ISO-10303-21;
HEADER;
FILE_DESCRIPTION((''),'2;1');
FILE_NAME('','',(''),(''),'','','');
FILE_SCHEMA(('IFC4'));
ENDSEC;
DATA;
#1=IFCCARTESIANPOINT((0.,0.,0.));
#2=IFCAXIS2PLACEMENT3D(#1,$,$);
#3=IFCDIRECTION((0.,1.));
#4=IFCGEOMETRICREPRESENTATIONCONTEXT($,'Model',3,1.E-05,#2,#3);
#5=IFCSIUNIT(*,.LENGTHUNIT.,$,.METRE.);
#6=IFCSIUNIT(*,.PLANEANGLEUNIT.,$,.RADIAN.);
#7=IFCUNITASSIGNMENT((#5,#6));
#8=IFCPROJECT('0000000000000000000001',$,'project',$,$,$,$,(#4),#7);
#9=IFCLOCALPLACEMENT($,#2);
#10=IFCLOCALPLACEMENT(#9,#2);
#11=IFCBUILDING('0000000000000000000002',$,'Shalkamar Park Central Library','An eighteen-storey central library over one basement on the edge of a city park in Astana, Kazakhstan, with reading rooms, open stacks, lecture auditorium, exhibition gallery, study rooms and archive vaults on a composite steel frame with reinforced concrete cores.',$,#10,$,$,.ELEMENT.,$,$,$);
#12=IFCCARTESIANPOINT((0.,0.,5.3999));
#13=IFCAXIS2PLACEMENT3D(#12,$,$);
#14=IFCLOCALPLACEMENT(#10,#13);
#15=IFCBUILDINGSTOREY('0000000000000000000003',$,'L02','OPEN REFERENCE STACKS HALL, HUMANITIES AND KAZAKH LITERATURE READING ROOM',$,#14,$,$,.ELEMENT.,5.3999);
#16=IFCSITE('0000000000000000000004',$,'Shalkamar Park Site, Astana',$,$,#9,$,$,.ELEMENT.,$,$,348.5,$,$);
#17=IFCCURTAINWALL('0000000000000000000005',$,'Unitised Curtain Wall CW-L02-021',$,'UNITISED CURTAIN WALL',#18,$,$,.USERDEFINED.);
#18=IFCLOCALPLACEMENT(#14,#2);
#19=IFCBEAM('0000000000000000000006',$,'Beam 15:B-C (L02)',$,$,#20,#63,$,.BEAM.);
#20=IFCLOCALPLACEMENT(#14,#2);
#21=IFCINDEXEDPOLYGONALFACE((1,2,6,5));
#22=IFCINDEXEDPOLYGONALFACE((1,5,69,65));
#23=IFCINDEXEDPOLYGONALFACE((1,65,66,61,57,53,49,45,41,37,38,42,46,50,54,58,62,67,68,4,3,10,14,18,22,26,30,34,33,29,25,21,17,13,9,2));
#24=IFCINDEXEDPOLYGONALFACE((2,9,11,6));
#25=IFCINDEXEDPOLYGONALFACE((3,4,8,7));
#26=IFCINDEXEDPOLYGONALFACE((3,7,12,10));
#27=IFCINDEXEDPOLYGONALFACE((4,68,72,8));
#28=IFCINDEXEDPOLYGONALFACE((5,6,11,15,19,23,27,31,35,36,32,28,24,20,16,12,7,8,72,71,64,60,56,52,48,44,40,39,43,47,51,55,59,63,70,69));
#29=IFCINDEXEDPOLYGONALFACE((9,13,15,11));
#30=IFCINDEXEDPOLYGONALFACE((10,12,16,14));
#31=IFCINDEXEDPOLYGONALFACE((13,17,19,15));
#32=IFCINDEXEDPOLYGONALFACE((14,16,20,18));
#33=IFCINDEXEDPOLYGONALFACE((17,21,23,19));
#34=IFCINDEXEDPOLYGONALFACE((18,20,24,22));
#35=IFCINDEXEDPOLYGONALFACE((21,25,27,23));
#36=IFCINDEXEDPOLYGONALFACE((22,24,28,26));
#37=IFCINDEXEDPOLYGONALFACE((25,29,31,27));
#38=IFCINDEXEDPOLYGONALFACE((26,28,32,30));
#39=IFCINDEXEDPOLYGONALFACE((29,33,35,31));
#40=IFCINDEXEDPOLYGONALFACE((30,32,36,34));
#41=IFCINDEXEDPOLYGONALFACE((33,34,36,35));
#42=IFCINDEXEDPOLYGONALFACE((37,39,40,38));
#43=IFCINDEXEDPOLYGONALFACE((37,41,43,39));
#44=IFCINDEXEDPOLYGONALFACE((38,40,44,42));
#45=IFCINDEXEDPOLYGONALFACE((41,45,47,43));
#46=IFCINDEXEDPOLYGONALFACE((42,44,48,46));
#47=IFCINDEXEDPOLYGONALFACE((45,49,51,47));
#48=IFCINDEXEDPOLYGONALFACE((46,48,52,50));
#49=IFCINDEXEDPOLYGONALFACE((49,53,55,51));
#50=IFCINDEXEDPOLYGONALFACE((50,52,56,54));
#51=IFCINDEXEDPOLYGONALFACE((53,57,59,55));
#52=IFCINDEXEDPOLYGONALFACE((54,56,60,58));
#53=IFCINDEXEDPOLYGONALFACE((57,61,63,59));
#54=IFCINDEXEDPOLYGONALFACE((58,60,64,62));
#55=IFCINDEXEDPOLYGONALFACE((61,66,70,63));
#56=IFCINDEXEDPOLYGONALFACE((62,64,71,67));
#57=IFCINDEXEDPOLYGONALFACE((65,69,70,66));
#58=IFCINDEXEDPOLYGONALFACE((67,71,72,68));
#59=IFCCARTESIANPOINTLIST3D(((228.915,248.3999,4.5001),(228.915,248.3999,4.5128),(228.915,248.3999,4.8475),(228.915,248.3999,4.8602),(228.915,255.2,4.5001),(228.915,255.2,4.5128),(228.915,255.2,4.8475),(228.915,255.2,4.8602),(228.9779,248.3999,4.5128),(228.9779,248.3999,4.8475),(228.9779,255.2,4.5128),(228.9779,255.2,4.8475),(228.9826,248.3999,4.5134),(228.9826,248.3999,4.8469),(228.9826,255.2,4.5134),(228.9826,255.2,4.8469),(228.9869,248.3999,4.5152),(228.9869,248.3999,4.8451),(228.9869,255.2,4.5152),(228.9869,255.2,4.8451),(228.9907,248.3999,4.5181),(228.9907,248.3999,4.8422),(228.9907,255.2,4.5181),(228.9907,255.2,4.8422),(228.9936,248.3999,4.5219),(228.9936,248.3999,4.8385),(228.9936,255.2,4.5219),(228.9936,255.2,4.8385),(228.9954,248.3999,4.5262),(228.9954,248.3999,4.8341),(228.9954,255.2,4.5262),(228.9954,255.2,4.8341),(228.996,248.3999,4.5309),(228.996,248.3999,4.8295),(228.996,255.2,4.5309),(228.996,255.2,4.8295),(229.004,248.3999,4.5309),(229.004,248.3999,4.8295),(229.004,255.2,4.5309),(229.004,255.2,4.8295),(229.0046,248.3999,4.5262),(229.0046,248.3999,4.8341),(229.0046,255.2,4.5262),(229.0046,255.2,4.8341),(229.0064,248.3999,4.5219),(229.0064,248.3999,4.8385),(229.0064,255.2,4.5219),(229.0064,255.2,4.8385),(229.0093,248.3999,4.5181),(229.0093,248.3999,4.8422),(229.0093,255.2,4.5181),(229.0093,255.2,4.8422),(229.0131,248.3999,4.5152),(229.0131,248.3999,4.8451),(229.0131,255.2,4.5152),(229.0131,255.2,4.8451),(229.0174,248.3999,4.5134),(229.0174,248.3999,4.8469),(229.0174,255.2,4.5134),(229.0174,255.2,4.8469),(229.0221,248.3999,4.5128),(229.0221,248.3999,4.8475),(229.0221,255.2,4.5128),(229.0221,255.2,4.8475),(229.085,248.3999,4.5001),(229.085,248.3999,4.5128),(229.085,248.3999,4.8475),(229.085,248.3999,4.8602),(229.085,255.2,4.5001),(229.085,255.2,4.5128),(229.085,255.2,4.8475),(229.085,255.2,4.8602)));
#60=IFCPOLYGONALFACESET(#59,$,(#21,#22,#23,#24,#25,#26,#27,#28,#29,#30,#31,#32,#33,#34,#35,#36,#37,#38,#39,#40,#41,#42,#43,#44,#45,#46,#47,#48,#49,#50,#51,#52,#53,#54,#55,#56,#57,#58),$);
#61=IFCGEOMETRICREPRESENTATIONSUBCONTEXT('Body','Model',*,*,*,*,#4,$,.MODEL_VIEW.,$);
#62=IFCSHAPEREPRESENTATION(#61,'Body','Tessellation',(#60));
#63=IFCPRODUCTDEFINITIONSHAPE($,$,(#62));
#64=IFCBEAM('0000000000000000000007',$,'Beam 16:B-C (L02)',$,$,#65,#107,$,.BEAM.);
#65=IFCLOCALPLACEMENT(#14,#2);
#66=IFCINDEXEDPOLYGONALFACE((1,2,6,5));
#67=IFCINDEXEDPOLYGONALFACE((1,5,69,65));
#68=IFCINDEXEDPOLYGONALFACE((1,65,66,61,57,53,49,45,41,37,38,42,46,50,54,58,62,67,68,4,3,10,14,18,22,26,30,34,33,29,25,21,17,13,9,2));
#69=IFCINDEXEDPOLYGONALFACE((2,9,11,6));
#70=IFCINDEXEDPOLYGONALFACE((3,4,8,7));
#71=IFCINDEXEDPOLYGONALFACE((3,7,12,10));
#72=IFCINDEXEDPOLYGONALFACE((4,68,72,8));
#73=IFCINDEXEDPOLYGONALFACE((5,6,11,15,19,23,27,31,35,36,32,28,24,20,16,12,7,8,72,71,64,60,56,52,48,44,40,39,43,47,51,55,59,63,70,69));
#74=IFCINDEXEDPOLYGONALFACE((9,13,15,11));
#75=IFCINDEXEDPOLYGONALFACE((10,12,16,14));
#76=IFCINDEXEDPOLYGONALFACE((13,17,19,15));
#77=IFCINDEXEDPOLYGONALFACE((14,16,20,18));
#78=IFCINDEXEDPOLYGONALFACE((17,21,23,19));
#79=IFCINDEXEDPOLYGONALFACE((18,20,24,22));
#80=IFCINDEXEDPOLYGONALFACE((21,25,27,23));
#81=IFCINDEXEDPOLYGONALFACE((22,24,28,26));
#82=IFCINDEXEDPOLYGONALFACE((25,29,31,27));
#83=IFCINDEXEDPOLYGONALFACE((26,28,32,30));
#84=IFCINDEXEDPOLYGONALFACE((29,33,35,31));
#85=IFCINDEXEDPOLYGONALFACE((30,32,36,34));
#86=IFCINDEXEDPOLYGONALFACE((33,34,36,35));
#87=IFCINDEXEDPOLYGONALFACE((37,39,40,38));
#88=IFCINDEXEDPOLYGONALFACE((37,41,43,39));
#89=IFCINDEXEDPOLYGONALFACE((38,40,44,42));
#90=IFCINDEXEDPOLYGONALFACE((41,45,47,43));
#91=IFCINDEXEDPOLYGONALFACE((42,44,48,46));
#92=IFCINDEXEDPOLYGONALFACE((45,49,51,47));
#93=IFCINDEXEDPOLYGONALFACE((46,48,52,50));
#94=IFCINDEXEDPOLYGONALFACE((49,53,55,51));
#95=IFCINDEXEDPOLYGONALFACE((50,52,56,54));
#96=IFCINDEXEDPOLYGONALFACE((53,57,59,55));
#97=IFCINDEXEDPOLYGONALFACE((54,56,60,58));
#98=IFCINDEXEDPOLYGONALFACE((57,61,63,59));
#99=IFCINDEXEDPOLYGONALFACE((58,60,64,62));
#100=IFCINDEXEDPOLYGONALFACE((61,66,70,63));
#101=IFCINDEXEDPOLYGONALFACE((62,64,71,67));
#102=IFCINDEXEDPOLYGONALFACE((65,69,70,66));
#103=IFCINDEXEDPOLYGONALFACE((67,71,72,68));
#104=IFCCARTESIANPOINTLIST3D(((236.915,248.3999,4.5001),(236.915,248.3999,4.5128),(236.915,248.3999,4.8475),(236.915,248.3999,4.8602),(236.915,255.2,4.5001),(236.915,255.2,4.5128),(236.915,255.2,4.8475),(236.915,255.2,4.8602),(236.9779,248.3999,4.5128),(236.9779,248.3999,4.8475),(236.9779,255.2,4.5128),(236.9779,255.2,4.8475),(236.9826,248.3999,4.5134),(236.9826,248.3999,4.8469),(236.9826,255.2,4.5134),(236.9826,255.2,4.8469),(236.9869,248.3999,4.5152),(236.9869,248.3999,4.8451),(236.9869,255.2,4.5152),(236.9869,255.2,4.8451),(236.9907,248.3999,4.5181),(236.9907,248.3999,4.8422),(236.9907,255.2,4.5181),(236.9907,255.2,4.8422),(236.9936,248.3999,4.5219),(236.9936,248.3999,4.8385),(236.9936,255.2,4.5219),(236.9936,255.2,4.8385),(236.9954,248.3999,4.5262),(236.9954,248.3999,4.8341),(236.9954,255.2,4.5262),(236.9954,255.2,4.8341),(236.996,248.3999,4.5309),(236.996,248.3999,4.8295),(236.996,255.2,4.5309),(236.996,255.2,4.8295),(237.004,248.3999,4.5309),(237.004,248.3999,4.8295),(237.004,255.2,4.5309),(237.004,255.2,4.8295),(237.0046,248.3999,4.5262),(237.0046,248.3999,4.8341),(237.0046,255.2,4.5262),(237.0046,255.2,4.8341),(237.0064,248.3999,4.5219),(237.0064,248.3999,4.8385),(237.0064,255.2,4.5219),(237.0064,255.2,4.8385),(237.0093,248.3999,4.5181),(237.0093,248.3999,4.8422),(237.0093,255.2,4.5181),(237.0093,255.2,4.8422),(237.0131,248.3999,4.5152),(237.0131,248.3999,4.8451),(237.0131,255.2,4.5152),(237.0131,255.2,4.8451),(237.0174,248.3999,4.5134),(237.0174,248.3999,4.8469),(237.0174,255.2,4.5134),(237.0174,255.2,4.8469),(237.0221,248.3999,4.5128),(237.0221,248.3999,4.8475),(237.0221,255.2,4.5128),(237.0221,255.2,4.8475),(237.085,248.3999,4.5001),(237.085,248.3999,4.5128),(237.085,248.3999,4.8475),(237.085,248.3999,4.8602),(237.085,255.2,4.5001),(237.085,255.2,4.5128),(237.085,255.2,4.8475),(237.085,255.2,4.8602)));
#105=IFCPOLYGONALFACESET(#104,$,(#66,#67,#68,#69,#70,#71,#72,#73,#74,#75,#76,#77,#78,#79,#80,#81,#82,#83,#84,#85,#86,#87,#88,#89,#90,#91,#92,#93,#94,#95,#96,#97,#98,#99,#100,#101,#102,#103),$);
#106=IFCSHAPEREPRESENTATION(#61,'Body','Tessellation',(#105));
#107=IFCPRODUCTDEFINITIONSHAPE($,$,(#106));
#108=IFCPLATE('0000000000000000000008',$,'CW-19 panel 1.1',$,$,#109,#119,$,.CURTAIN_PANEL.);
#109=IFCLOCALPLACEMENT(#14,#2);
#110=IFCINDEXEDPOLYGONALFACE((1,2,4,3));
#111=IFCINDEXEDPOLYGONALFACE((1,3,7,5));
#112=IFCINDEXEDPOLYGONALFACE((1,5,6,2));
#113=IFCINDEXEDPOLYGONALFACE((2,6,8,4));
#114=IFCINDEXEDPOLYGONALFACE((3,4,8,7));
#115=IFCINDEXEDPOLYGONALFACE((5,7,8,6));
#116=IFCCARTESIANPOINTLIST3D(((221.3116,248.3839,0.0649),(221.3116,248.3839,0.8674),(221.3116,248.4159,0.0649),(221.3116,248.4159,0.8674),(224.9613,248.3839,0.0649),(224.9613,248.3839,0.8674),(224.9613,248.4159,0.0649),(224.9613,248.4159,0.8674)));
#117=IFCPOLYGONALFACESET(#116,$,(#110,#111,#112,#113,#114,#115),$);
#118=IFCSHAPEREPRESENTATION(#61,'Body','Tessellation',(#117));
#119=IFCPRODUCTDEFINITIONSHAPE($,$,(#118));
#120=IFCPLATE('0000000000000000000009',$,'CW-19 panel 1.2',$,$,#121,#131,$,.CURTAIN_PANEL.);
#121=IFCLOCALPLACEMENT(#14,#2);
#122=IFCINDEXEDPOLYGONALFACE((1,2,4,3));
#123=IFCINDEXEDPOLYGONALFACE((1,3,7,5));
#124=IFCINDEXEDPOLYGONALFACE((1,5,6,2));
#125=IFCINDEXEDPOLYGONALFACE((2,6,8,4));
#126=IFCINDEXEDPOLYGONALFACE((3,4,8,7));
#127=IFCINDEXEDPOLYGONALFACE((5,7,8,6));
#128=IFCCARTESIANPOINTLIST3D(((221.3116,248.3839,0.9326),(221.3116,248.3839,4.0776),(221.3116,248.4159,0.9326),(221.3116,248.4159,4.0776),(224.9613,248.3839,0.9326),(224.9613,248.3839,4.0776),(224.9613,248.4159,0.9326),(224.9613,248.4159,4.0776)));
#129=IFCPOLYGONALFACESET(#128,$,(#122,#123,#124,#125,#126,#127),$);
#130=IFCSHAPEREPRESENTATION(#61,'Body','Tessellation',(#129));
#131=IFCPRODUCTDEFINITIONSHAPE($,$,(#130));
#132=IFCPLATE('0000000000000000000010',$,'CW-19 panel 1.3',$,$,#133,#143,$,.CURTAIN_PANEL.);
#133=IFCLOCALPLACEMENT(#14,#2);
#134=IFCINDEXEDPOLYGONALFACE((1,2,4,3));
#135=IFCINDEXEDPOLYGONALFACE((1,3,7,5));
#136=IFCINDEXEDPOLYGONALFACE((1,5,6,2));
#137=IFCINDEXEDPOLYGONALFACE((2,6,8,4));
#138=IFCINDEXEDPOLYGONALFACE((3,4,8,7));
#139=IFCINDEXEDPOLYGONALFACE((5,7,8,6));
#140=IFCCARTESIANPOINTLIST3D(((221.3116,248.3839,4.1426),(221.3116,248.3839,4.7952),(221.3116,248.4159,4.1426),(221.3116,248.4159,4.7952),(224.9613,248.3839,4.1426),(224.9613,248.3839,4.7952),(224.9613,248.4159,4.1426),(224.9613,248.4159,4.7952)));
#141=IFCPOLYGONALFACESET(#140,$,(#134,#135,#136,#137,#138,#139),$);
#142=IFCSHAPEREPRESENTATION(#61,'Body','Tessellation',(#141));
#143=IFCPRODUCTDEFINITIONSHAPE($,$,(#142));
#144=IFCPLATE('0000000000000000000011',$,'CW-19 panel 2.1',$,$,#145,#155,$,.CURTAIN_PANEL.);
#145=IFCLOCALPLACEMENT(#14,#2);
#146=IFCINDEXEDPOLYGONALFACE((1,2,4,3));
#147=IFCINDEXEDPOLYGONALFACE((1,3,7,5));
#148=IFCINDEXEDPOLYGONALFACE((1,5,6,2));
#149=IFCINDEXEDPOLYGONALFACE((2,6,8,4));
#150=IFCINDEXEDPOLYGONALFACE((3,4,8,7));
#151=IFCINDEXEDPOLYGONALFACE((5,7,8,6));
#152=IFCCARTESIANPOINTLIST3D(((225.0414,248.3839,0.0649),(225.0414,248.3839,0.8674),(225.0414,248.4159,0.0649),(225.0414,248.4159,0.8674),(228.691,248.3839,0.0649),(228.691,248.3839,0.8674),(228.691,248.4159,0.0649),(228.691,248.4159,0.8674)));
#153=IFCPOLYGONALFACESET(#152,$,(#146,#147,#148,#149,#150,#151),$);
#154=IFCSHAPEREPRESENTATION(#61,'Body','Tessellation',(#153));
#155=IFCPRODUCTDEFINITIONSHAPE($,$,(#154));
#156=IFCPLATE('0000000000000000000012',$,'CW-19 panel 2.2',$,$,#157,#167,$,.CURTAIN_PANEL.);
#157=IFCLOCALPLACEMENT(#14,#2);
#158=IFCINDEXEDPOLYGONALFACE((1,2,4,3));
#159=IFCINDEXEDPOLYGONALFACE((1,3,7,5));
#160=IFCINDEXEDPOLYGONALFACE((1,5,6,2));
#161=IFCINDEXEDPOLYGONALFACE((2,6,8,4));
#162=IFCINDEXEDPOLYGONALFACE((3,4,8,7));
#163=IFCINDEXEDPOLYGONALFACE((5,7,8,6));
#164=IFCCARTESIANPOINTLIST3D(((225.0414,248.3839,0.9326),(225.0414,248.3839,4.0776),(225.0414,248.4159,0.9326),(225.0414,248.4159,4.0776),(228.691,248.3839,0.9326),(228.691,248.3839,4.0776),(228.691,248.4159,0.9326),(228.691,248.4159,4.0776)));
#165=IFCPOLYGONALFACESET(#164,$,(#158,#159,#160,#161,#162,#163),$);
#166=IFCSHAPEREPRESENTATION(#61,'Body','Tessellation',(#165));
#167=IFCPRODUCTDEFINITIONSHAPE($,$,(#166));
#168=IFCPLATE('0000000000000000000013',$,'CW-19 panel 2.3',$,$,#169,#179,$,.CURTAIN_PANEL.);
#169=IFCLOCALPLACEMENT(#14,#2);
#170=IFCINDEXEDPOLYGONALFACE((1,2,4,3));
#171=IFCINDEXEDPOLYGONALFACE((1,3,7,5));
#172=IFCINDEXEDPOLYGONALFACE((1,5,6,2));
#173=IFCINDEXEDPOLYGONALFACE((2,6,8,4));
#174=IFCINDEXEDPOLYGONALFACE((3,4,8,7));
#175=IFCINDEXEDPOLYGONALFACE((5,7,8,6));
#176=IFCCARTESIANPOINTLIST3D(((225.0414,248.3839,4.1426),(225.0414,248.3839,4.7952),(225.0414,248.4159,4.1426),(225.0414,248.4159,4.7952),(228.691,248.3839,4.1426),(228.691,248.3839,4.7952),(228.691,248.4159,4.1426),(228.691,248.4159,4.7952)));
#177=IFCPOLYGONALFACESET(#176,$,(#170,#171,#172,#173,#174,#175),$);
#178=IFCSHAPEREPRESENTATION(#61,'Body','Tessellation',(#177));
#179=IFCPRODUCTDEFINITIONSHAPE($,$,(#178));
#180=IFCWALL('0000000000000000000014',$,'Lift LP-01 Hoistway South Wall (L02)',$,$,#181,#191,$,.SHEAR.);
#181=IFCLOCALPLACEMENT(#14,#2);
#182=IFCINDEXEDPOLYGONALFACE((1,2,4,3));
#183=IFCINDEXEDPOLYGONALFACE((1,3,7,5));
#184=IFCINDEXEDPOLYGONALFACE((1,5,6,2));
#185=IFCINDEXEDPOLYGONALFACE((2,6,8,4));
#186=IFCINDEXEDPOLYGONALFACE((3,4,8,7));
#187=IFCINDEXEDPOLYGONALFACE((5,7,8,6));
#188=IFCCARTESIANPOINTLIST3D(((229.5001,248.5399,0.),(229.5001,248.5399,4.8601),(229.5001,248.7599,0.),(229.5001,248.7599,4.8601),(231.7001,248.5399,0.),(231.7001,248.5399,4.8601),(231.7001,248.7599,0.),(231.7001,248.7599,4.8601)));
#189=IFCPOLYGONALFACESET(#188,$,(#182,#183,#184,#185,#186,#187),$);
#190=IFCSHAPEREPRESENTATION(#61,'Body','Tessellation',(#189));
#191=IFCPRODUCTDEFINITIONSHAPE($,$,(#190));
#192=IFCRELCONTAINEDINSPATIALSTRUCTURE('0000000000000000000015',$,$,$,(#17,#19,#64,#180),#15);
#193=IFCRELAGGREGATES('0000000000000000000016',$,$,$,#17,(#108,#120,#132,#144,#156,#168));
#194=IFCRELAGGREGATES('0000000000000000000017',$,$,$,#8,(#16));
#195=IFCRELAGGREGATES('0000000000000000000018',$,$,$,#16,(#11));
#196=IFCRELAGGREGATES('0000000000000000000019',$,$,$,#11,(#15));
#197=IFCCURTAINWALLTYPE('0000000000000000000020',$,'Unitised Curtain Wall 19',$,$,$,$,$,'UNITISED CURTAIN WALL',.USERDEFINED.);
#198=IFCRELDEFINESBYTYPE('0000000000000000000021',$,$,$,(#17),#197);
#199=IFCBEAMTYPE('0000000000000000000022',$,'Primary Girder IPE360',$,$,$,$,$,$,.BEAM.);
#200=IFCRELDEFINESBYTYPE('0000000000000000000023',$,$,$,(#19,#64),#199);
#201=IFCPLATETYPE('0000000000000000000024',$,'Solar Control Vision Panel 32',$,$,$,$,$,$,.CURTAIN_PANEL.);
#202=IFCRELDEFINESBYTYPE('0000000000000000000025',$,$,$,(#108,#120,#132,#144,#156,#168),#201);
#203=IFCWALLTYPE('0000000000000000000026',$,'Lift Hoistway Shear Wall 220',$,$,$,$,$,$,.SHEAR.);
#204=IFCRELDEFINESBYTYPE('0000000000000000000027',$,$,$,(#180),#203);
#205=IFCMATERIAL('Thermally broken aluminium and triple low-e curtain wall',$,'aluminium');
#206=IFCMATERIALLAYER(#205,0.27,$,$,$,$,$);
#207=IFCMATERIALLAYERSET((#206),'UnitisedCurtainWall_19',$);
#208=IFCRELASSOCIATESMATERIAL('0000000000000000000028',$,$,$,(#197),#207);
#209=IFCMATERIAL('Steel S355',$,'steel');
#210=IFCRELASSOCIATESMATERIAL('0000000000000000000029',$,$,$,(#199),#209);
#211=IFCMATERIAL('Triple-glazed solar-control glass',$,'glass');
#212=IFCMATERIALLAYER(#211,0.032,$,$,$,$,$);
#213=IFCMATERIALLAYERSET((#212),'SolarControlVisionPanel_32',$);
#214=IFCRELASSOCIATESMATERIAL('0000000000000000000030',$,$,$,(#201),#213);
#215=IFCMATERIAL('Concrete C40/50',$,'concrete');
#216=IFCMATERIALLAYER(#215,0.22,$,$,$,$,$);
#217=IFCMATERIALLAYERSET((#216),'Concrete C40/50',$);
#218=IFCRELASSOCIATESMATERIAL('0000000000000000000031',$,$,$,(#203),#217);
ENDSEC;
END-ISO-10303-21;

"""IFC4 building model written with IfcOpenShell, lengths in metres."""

from ifc_helpers import new_model, si_unit, direction, frame, frame_2d, origin, origin_2d, place, context, subcontext, project, spatial, rectangle, i_section, extrude, material, layer, layer_set, material_profile, profile_set, type_object, element, aggregate, save


model = new_model("IFC4")

# Units and contexts
model_context = context("Model", 3, precision=1e-05, world=origin(), true_north=direction((0.0, 1.0)))
body_context = subcontext(model_context, "Body", "Model", "MODEL_VIEW")
ifc_project = project(units=[si_unit("LENGTHUNIT", "METRE"), si_unit("PLANEANGLEUNIT", "RADIAN")], contexts=[model_context])

# Site, building, storey
site_placement = place(None, origin())
site = spatial("IfcSite", under=ifc_project, at=site_placement, Name="Shalkamar Park Site, Astana", CompositionType="ELEMENT", RefElevation=348.5)
building_placement = place(site_placement, origin())
building = spatial("IfcBuilding", under=site, at=building_placement, Name="Shalkamar Park Central Library", Description="An eighteen-storey central library over one basement on the edge of a city park in Astana, Kazakhstan, with reading rooms, open stacks, lecture auditorium, exhibition gallery, study rooms and archive vaults on a composite steel frame with reinforced concrete cores.", CompositionType="ELEMENT")
storey_placement = place(building_placement, frame((0.0, 0.0, 5.3999)))
storey = spatial("IfcBuildingStorey", under=building, at=storey_placement, Name="L02", Description="OPEN REFERENCE STACKS HALL, HUMANITIES AND KAZAKH LITERATURE READING ROOM", CompositionType="ELEMENT", Elevation=5.3999)

# Shared definitions
ifc_material_1 = material(Name="Steel S355", Category="steel")

# Curtain wall
ifc_material_2 = material(Name="Thermally broken aluminium and triple low-e curtain wall", Category="aluminium")
ifc_layer_1 = layer(ifc_material_2, 0.27)
ifc_layer_set_1 = layer_set([ifc_layer_1], Name="UnitisedCurtainWall_19")
curtain_wall_type = type_object("IfcCurtainWallType", Name="Unitised Curtain Wall 19", ElementType="UNITISED CURTAIN WALL", PredefinedType="USERDEFINED", material=ifc_layer_set_1)
curtain_wall_placement = place(storey_placement, origin())
curtain_wall = element("IfcCurtainWall", 1, at=curtain_wall_placement, inside=storey, type_object=curtain_wall_type, Name="Unitised Curtain Wall CW-L02-021", ObjectType="UNITISED CURTAIN WALL", PredefinedType="USERDEFINED")

# Beams
ifc_material_profile_1 = material_profile(ifc_material_1, i_section(OverallWidth=0.1699, OverallDepth=0.3601, WebThickness=0.0081, FlangeThickness=0.0127, FilletRadius=0.0181, at=origin_2d()), Name="IPE 360")
ifc_profile_set_1 = profile_set([ifc_material_profile_1], Name="Steel S355")
beam_type_1 = type_object("IfcBeamType", Name="Primary Girder IPE360", PredefinedType="BEAM", material=ifc_profile_set_1)
for number, where, z_axis, x_axis, name in (
    (2, (229.0, 248.3999, 4.6802), (0.0, 1.0, 0.0), (-1.0, 0.0, 0.0), "Beam 15:B-C (L02)"),
    (3, (237.0, 248.3999, 4.6802), (0.0, 1.0, 0.0), (-1.0, 0.0, 0.0), "Beam 16:B-C (L02)"),
):
    element("IfcBeam", number, at=place(storey_placement, frame(where, z_axis=z_axis, x_axis=x_axis)), inside=storey, type_object=beam_type_1, Name=name, PredefinedType="BEAM", context=body_context, shape_type="SweptSolid", body=[
        extrude(i_section(OverallWidth=0.1699, OverallDepth=0.3601, WebThickness=0.0081, FlangeThickness=0.0127, FilletRadius=0.0181, at=origin_2d()), origin(), (0.0, 0.0, 1.0), 6.8),
    ])

# Plates
ifc_material_3 = material(Name="Triple-glazed solar-control glass", Category="glass")
ifc_layer_2 = layer(ifc_material_3, 0.032)
ifc_layer_set_2 = layer_set([ifc_layer_2], Name="SolarControlVisionPanel_32")
plate_type = type_object("IfcPlateType", Name="Solar Control Vision Panel 32", PredefinedType="CURTAIN_PANEL", material=ifc_layer_set_2)
plate_1_placement = place(storey_placement, frame((223.1365, 248.3999, 0.0649), z_axis=(0.0, 0.0, 1.0), x_axis=(1.0, 0.0, 0.0)))
plate_1 = element("IfcPlate", 4, at=plate_1_placement, type_object=plate_type, Name="CW-19 panel 1.1", PredefinedType="CURTAIN_PANEL", context=body_context, shape_type="SweptSolid", body=[
    extrude(rectangle(XDim=3.6497, YDim=0.032, at=origin_2d()), origin(), (0.0, 0.0, 1.0), 0.8025),
])
plate_2_placement = place(storey_placement, frame((223.1365, 248.3999, 0.9326), z_axis=(0.0, 0.0, 1.0), x_axis=(1.0, 0.0, 0.0)))
plate_2 = element("IfcPlate", 5, at=plate_2_placement, type_object=plate_type, Name="CW-19 panel 1.2", PredefinedType="CURTAIN_PANEL", context=body_context, shape_type="SweptSolid", body=[
    extrude(rectangle(XDim=3.6497, YDim=0.032, at=origin_2d()), origin(), (0.0, 0.0, 1.0), 3.145),
])
plate_3_placement = place(storey_placement, frame((223.1365, 248.3999, 4.1426), z_axis=(0.0, 0.0, 1.0), x_axis=(1.0, 0.0, 0.0)))
plate_3 = element("IfcPlate", 6, at=plate_3_placement, type_object=plate_type, Name="CW-19 panel 1.3", PredefinedType="CURTAIN_PANEL", context=body_context, shape_type="SweptSolid", body=[
    extrude(rectangle(XDim=3.6497, YDim=0.032, at=origin_2d()), origin(), (0.0, 0.0, 1.0), 0.6526),
])
plate_4_placement = place(storey_placement, frame((226.8662, 248.3999, 0.0649), z_axis=(0.0, 0.0, 1.0), x_axis=(1.0, 0.0, 0.0)))
plate_4 = element("IfcPlate", 7, at=plate_4_placement, type_object=plate_type, Name="CW-19 panel 2.1", PredefinedType="CURTAIN_PANEL", context=body_context, shape_type="SweptSolid", body=[
    extrude(rectangle(XDim=3.6497, YDim=0.032, at=origin_2d()), origin(), (0.0, 0.0, 1.0), 0.8025),
])
plate_5_placement = place(storey_placement, frame((226.8662, 248.3999, 0.9326), z_axis=(0.0, 0.0, 1.0), x_axis=(1.0, 0.0, 0.0)))
plate_5 = element("IfcPlate", 8, at=plate_5_placement, type_object=plate_type, Name="CW-19 panel 2.2", PredefinedType="CURTAIN_PANEL", context=body_context, shape_type="SweptSolid", body=[
    extrude(rectangle(XDim=3.6497, YDim=0.032, at=origin_2d()), origin(), (0.0, 0.0, 1.0), 3.145),
])
plate_6_placement = place(storey_placement, frame((226.8662, 248.3999, 4.1426), z_axis=(0.0, 0.0, 1.0), x_axis=(1.0, 0.0, 0.0)))
plate_6 = element("IfcPlate", 9, at=plate_6_placement, type_object=plate_type, Name="CW-19 panel 2.3", PredefinedType="CURTAIN_PANEL", context=body_context, shape_type="SweptSolid", body=[
    extrude(rectangle(XDim=3.6497, YDim=0.032, at=origin_2d()), origin(), (0.0, 0.0, 1.0), 0.6526),
])
aggregate(curtain_wall, [plate_1, plate_2, plate_3, plate_4, plate_5, plate_6])

# Wall
ifc_material_4 = material(Name="Concrete C40/50", Category="concrete")
ifc_layer_3 = layer(ifc_material_4, 0.22)
ifc_layer_set_3 = layer_set([ifc_layer_3], Name="Concrete C40/50")
wall_type_1 = type_object("IfcWallType", Name="Lift Hoistway Shear Wall 220", PredefinedType="SHEAR", material=ifc_layer_set_3)
wall_1_placement = place(storey_placement, frame((229.5, 248.6499, 0.0), z_axis=(0.0, 0.0, 1.0), x_axis=(1.0, 0.0, 0.0)))
element("IfcWall", 10, at=wall_1_placement, inside=storey, type_object=wall_type_1, Name="Lift LP-01 Hoistway South Wall (L02)", PredefinedType="SHEAR", context=body_context, shape_type="SweptSolid", body=[
    extrude(rectangle(XDim=2.2, YDim=0.22, at=frame_2d((1.1001, 0.0))), origin(), (0.0, 0.0, 1.0), 4.8601),
])

save(model, "model.ifc")
